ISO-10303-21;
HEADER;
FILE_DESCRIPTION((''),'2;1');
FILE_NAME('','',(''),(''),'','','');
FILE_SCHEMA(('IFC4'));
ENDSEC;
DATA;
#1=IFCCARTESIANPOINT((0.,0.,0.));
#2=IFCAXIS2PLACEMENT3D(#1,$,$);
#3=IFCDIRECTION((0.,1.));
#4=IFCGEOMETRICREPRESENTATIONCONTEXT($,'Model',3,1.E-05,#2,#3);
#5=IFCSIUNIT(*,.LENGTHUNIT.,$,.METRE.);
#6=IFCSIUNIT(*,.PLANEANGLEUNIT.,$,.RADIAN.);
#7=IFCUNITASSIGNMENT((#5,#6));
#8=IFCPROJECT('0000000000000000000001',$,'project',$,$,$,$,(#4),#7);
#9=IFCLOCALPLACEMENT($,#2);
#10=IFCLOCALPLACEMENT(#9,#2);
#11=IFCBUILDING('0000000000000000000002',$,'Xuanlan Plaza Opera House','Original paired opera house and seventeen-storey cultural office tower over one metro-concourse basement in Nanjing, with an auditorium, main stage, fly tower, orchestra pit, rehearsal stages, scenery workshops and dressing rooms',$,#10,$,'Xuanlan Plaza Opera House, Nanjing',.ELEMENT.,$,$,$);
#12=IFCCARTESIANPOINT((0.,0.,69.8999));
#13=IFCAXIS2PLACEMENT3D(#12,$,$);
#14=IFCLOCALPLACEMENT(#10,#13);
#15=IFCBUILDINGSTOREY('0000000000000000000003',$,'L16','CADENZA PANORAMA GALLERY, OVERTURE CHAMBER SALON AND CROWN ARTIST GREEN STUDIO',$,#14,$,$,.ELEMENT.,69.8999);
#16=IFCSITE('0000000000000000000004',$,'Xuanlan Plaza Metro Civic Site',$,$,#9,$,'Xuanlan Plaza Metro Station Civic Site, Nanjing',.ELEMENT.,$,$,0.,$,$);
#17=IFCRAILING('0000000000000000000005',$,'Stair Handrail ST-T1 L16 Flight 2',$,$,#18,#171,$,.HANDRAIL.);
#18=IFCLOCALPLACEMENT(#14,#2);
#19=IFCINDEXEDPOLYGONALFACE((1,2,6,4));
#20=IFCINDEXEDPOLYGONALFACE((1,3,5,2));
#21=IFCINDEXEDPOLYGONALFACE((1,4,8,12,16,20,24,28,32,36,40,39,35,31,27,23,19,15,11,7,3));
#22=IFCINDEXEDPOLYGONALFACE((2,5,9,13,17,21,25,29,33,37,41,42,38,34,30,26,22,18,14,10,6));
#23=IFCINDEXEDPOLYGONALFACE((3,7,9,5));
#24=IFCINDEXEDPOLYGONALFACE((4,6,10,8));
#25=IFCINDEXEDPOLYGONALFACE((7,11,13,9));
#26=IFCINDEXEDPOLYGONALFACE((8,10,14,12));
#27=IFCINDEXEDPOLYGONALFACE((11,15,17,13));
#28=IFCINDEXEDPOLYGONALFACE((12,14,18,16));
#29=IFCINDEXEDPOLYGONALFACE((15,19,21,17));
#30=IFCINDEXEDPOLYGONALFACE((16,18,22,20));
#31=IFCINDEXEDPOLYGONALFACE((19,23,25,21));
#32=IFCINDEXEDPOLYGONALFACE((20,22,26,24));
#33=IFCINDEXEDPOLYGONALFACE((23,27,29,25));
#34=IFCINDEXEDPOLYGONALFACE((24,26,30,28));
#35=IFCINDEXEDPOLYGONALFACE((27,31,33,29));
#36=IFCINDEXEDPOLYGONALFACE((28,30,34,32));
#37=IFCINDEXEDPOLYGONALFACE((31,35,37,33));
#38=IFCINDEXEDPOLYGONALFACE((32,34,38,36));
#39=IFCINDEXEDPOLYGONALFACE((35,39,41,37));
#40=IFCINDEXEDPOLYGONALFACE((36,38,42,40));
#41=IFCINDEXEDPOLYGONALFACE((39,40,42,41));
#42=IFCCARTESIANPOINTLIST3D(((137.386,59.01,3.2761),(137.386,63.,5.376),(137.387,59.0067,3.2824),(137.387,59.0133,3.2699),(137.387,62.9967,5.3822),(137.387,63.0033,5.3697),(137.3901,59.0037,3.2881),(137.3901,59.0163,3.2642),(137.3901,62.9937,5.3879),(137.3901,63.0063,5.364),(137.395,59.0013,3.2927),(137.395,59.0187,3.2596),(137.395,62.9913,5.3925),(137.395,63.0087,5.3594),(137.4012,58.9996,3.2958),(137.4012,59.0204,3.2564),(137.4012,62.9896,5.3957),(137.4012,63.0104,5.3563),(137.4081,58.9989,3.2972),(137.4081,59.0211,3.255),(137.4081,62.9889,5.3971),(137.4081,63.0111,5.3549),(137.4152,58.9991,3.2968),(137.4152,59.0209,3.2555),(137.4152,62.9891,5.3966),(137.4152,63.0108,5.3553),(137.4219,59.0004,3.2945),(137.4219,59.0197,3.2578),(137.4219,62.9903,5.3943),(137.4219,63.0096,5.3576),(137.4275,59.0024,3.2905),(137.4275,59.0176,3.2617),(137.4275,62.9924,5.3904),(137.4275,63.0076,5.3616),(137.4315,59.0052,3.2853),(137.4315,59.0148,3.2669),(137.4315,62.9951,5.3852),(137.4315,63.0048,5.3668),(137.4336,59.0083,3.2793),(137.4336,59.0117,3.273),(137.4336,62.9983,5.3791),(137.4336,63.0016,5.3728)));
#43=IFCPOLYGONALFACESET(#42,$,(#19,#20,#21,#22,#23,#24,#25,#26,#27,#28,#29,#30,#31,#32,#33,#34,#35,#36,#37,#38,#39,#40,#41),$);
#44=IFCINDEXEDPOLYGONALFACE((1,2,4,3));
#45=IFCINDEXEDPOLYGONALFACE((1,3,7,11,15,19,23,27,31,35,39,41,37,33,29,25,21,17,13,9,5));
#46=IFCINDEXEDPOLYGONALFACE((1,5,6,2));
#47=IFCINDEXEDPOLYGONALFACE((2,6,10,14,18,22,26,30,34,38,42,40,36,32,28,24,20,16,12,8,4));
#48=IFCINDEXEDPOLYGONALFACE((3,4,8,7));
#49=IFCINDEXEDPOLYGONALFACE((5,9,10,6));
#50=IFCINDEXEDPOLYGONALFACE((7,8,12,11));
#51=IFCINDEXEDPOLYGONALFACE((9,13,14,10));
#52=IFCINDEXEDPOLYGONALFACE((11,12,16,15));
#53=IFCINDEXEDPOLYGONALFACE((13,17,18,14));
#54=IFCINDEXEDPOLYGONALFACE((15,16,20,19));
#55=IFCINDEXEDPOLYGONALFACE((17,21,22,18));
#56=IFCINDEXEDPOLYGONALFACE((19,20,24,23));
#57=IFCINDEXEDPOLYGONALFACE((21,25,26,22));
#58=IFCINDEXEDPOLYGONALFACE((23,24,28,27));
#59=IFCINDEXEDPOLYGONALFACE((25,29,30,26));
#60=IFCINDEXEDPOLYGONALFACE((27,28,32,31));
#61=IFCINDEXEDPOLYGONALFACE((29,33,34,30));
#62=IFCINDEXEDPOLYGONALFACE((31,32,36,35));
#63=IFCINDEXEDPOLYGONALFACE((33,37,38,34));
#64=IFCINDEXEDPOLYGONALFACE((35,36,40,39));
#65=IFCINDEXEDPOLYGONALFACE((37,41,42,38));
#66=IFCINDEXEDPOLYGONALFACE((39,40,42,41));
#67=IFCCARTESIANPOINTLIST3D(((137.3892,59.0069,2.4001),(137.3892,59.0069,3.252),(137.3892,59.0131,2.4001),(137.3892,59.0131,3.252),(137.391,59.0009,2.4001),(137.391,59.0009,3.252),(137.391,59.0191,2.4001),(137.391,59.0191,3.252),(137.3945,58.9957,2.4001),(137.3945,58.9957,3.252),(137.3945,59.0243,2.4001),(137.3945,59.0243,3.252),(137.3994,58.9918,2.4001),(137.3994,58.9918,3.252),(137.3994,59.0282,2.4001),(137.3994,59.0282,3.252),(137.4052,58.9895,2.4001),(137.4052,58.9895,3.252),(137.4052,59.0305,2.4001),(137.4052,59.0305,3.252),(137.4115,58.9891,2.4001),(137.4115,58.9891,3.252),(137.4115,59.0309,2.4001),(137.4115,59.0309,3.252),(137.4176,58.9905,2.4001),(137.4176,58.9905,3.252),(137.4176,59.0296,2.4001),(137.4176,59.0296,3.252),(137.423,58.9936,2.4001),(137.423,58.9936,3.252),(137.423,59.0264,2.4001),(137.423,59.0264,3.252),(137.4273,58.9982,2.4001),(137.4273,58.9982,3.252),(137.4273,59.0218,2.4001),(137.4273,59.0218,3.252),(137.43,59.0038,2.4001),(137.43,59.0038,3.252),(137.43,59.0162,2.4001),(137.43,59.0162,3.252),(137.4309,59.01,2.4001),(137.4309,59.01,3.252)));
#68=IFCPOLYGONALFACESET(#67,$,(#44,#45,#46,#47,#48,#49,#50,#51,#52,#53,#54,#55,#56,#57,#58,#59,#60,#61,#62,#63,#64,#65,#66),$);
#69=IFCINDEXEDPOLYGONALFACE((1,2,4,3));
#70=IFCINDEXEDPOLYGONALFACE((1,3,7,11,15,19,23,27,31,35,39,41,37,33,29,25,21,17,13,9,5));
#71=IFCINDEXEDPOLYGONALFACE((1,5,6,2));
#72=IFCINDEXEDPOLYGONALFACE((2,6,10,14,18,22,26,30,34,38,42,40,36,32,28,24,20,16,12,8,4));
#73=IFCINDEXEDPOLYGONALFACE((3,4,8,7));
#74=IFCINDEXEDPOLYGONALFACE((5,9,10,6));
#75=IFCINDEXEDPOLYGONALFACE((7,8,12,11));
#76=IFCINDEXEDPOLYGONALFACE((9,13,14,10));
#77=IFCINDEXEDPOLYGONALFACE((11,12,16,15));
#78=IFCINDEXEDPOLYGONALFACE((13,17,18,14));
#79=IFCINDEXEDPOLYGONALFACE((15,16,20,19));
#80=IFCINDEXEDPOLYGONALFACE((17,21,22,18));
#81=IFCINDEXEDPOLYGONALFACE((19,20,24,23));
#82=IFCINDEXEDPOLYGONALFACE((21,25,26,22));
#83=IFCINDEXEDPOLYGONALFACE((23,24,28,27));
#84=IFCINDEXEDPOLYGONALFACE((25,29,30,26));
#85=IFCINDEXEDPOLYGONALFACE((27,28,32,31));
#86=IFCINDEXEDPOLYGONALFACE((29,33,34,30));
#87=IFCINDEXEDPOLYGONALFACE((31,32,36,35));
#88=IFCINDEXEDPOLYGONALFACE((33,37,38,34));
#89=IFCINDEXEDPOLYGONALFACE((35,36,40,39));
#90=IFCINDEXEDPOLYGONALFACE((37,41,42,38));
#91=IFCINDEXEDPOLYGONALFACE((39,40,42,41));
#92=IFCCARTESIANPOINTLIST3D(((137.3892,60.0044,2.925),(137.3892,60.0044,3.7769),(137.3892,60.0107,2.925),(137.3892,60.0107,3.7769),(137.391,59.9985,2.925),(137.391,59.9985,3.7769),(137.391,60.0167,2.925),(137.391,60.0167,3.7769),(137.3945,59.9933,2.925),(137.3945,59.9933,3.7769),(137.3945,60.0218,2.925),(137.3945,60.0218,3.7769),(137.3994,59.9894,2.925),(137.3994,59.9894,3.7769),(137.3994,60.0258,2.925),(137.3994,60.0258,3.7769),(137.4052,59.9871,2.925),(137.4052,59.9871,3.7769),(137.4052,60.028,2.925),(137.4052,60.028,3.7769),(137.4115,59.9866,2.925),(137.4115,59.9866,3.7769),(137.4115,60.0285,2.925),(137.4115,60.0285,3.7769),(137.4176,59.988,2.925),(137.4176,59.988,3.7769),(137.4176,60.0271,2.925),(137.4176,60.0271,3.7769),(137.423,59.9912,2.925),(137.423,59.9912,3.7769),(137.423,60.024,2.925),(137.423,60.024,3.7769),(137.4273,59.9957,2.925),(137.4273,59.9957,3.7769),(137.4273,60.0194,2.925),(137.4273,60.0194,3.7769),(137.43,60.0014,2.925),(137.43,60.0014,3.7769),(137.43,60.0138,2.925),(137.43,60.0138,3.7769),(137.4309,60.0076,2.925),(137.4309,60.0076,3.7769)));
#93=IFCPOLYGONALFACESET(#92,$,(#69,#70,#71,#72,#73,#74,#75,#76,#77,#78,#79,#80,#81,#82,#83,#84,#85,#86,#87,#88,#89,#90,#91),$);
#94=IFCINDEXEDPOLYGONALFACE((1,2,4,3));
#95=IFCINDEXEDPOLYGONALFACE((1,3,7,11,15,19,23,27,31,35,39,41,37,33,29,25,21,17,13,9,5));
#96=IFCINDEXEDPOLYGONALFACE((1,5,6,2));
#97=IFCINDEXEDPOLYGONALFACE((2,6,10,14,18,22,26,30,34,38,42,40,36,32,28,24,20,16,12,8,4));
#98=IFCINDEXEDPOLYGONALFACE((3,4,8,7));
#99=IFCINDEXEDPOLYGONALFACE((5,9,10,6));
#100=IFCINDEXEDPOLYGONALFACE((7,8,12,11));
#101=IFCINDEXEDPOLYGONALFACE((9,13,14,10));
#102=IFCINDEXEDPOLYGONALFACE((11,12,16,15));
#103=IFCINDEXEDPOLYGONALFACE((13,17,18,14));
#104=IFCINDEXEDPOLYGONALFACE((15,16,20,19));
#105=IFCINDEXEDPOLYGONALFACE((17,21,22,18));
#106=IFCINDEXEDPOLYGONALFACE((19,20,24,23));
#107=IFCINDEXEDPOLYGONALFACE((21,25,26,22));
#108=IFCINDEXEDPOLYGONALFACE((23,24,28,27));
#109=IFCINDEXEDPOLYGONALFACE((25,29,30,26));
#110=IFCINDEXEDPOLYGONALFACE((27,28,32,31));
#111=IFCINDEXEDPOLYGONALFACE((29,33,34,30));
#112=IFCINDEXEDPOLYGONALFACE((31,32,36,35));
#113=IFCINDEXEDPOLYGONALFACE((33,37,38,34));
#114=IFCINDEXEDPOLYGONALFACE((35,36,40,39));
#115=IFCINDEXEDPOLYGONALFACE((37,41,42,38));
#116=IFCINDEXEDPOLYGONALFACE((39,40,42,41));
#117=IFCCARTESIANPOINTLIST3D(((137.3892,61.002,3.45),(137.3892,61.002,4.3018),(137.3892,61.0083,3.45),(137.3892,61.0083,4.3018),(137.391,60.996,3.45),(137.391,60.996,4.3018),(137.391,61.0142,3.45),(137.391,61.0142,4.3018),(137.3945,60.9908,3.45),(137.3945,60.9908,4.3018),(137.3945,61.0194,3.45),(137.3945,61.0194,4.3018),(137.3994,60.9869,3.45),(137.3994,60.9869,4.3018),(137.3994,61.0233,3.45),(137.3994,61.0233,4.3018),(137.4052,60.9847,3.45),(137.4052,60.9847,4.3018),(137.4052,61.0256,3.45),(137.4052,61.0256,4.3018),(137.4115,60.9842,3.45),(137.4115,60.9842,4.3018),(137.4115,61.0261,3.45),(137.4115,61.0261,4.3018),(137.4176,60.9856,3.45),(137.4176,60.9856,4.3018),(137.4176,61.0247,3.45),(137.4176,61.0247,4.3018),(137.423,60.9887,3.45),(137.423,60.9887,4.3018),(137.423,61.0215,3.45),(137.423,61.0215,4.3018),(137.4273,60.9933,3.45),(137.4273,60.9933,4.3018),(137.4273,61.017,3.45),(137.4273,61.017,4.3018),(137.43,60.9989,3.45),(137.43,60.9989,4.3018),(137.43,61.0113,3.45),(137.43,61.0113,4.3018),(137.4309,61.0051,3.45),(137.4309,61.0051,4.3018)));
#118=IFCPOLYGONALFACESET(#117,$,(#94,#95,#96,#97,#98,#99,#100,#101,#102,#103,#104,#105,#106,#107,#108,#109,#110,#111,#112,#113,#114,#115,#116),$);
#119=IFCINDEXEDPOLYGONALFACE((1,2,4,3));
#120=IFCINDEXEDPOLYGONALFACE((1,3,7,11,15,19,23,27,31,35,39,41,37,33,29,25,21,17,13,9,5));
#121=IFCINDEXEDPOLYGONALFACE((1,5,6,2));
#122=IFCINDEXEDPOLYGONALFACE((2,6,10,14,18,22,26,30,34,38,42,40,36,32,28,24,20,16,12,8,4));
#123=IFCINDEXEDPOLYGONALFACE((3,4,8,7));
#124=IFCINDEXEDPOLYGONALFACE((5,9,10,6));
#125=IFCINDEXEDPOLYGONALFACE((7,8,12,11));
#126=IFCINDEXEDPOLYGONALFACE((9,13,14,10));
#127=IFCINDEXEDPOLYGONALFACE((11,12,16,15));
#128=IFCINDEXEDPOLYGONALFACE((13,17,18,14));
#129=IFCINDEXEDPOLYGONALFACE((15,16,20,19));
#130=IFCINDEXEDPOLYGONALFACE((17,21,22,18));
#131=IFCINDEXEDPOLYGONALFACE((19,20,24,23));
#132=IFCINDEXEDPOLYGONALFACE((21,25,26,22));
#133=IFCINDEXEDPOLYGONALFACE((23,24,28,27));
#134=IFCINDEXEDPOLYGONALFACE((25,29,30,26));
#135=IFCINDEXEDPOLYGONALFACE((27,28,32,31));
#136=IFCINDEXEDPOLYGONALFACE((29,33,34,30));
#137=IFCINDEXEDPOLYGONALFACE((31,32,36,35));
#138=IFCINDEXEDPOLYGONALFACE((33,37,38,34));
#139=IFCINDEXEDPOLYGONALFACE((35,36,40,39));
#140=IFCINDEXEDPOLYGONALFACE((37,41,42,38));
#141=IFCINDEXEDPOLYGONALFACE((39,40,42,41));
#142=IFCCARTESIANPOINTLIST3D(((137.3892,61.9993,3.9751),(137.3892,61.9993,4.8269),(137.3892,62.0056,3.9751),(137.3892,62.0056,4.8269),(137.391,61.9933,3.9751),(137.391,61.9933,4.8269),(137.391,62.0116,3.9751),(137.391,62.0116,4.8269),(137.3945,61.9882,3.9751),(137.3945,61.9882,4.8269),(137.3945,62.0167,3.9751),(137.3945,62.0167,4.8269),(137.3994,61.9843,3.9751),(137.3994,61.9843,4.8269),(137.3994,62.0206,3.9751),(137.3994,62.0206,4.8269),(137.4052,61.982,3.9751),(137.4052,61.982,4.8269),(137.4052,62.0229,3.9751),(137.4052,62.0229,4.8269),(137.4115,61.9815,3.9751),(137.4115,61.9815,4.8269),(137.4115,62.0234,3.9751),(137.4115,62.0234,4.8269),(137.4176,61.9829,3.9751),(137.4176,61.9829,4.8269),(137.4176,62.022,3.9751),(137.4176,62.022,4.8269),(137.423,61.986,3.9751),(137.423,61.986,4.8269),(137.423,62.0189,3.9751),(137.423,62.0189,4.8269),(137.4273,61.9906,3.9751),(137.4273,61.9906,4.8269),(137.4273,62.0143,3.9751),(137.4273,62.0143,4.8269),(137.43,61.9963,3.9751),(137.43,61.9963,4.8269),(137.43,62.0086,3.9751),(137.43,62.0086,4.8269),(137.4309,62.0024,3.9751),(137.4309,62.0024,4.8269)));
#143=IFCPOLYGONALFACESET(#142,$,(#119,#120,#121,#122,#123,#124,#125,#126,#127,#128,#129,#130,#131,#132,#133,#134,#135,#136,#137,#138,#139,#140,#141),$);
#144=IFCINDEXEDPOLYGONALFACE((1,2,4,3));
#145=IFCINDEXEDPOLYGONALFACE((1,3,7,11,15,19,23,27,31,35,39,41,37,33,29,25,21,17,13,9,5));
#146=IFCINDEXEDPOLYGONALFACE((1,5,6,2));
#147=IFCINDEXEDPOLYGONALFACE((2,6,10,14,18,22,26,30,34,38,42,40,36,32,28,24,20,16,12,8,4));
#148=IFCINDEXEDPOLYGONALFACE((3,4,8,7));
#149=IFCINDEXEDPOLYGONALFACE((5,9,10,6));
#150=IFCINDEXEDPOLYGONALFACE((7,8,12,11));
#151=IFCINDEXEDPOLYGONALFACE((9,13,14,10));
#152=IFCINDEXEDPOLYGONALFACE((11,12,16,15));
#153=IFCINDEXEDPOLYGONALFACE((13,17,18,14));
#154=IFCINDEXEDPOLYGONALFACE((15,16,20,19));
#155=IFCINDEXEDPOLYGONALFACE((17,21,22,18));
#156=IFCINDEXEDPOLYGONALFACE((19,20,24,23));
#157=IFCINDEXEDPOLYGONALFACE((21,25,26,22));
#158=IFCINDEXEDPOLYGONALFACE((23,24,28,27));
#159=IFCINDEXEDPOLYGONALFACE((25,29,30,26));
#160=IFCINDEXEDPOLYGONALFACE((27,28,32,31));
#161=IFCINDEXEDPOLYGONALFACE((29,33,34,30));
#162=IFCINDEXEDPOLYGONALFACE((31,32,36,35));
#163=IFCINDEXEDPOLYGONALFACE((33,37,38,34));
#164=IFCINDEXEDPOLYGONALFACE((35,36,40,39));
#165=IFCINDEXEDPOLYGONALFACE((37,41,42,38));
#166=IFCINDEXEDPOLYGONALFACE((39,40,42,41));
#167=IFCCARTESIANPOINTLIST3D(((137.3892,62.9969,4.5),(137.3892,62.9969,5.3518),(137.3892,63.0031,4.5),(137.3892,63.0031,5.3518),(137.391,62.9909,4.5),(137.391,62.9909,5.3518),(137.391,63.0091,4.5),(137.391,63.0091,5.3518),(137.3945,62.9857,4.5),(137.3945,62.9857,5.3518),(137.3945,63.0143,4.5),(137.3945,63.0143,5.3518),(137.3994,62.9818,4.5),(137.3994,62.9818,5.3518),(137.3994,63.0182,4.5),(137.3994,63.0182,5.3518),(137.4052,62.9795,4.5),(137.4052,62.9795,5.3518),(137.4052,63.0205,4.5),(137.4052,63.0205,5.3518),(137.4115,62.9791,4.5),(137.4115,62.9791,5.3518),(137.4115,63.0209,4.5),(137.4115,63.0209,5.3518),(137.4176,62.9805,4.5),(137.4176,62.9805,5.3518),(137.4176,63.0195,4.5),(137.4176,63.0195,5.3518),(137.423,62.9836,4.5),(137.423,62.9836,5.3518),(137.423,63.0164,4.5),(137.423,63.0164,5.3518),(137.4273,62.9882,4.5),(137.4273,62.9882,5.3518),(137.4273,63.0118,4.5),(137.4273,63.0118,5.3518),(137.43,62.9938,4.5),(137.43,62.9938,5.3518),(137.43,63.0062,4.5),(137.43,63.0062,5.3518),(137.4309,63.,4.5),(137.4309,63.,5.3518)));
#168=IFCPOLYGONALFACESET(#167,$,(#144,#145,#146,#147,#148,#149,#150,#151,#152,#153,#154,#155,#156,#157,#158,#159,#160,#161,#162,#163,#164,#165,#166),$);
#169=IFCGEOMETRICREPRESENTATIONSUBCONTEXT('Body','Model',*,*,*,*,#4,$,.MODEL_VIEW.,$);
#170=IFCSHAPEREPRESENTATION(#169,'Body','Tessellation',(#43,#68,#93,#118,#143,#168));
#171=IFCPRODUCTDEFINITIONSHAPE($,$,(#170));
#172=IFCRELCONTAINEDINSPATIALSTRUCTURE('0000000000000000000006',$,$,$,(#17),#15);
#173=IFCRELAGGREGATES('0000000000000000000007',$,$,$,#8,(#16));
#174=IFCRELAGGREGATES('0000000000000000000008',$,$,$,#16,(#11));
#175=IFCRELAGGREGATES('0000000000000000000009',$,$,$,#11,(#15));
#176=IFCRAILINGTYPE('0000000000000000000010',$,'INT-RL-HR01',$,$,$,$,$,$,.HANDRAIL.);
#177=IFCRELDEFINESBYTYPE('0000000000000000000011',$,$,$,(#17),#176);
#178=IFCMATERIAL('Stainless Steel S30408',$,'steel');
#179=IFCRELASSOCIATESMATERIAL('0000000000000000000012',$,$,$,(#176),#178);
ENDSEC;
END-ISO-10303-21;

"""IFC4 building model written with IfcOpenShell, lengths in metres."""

from ifc_helpers import new_model, si_unit, direction, frame, origin, origin_2d, place, context, subcontext, project, spatial, circle, extrude, material, type_object, element, save


model = new_model("IFC4")

# Units and contexts
model_context = context("Model", 3, precision=1e-05, world=origin(), true_north=direction((0.0, 1.0)))
body_context = subcontext(model_context, "Body", "Model", "MODEL_VIEW")
ifc_project = project(units=[si_unit("LENGTHUNIT", "METRE"), si_unit("PLANEANGLEUNIT", "RADIAN")], contexts=[model_context])

# Site, building, storey
site_placement = place(None, origin())
site = spatial("IfcSite", under=ifc_project, at=site_placement, Name="Xuanlan Plaza Metro Civic Site", LongName="Xuanlan Plaza Metro Station Civic Site, Nanjing", CompositionType="ELEMENT", RefElevation=0.0)
building_placement = place(site_placement, origin())
building = spatial("IfcBuilding", under=site, at=building_placement, Name="Xuanlan Plaza Opera House", Description="Original paired opera house and seventeen-storey cultural office tower over one metro-concourse basement in Nanjing, with an auditorium, main stage, fly tower, orchestra pit, rehearsal stages, scenery workshops and dressing rooms", LongName="Xuanlan Plaza Opera House, Nanjing", CompositionType="ELEMENT")
storey_placement = place(building_placement, frame((0.0, 0.0, 69.8999)))
storey = spatial("IfcBuildingStorey", under=building, at=storey_placement, Name="L16", Description="CADENZA PANORAMA GALLERY, OVERTURE CHAMBER SALON AND CROWN ARTIST GREEN STUDIO", CompositionType="ELEMENT", Elevation=69.8999)

# Railing
ifc_material_1 = material(Name="Stainless Steel S30408", Category="steel")
railing_type = type_object("IfcRailingType", Name="INT-RL-HR01", PredefinedType="HANDRAIL", material=ifc_material_1)
for number, where, name in (
    (1, (137.4099, 59.01, 2.4001), "Stair Handrail ST-T1 L16 Flight 2"),
):
    element("IfcRailing", number, at=place(storey_placement, frame(where)), inside=storey, type_object=railing_type, Name=name, PredefinedType="HANDRAIL", context=body_context, shape_type="SweptSolid", body=[
        extrude(circle(Radius=0.0239, at=origin_2d()), frame((0.0, 0.0, 0.876), z_axis=(0.0, 0.884931, 0.465722), x_axis=(-1.0, 0.0, 0.0)), (0.0, 0.0, 1.0), 4.5088),
        extrude(circle(Radius=0.021, at=origin_2d()), origin(), (0.0, 0.0, 1.0), 0.8518),
        extrude(circle(Radius=0.021, at=origin_2d()), frame((0.0, 0.9976, 0.5249)), (0.0, 0.0, 1.0), 0.8518),
        extrude(circle(Radius=0.021, at=origin_2d()), frame((0.0, 1.9951, 1.0498)), (0.0, 0.0, 1.0), 0.8518),
        extrude(circle(Radius=0.021, at=origin_2d()), frame((0.0, 2.9924, 1.575)), (0.0, 0.0, 1.0), 0.8518),
        extrude(circle(Radius=0.021, at=origin_2d()), frame((0.0, 3.99, 2.0999)), (0.0, 0.0, 1.0), 0.8518),
    ])

save(model, "model.ifc")
